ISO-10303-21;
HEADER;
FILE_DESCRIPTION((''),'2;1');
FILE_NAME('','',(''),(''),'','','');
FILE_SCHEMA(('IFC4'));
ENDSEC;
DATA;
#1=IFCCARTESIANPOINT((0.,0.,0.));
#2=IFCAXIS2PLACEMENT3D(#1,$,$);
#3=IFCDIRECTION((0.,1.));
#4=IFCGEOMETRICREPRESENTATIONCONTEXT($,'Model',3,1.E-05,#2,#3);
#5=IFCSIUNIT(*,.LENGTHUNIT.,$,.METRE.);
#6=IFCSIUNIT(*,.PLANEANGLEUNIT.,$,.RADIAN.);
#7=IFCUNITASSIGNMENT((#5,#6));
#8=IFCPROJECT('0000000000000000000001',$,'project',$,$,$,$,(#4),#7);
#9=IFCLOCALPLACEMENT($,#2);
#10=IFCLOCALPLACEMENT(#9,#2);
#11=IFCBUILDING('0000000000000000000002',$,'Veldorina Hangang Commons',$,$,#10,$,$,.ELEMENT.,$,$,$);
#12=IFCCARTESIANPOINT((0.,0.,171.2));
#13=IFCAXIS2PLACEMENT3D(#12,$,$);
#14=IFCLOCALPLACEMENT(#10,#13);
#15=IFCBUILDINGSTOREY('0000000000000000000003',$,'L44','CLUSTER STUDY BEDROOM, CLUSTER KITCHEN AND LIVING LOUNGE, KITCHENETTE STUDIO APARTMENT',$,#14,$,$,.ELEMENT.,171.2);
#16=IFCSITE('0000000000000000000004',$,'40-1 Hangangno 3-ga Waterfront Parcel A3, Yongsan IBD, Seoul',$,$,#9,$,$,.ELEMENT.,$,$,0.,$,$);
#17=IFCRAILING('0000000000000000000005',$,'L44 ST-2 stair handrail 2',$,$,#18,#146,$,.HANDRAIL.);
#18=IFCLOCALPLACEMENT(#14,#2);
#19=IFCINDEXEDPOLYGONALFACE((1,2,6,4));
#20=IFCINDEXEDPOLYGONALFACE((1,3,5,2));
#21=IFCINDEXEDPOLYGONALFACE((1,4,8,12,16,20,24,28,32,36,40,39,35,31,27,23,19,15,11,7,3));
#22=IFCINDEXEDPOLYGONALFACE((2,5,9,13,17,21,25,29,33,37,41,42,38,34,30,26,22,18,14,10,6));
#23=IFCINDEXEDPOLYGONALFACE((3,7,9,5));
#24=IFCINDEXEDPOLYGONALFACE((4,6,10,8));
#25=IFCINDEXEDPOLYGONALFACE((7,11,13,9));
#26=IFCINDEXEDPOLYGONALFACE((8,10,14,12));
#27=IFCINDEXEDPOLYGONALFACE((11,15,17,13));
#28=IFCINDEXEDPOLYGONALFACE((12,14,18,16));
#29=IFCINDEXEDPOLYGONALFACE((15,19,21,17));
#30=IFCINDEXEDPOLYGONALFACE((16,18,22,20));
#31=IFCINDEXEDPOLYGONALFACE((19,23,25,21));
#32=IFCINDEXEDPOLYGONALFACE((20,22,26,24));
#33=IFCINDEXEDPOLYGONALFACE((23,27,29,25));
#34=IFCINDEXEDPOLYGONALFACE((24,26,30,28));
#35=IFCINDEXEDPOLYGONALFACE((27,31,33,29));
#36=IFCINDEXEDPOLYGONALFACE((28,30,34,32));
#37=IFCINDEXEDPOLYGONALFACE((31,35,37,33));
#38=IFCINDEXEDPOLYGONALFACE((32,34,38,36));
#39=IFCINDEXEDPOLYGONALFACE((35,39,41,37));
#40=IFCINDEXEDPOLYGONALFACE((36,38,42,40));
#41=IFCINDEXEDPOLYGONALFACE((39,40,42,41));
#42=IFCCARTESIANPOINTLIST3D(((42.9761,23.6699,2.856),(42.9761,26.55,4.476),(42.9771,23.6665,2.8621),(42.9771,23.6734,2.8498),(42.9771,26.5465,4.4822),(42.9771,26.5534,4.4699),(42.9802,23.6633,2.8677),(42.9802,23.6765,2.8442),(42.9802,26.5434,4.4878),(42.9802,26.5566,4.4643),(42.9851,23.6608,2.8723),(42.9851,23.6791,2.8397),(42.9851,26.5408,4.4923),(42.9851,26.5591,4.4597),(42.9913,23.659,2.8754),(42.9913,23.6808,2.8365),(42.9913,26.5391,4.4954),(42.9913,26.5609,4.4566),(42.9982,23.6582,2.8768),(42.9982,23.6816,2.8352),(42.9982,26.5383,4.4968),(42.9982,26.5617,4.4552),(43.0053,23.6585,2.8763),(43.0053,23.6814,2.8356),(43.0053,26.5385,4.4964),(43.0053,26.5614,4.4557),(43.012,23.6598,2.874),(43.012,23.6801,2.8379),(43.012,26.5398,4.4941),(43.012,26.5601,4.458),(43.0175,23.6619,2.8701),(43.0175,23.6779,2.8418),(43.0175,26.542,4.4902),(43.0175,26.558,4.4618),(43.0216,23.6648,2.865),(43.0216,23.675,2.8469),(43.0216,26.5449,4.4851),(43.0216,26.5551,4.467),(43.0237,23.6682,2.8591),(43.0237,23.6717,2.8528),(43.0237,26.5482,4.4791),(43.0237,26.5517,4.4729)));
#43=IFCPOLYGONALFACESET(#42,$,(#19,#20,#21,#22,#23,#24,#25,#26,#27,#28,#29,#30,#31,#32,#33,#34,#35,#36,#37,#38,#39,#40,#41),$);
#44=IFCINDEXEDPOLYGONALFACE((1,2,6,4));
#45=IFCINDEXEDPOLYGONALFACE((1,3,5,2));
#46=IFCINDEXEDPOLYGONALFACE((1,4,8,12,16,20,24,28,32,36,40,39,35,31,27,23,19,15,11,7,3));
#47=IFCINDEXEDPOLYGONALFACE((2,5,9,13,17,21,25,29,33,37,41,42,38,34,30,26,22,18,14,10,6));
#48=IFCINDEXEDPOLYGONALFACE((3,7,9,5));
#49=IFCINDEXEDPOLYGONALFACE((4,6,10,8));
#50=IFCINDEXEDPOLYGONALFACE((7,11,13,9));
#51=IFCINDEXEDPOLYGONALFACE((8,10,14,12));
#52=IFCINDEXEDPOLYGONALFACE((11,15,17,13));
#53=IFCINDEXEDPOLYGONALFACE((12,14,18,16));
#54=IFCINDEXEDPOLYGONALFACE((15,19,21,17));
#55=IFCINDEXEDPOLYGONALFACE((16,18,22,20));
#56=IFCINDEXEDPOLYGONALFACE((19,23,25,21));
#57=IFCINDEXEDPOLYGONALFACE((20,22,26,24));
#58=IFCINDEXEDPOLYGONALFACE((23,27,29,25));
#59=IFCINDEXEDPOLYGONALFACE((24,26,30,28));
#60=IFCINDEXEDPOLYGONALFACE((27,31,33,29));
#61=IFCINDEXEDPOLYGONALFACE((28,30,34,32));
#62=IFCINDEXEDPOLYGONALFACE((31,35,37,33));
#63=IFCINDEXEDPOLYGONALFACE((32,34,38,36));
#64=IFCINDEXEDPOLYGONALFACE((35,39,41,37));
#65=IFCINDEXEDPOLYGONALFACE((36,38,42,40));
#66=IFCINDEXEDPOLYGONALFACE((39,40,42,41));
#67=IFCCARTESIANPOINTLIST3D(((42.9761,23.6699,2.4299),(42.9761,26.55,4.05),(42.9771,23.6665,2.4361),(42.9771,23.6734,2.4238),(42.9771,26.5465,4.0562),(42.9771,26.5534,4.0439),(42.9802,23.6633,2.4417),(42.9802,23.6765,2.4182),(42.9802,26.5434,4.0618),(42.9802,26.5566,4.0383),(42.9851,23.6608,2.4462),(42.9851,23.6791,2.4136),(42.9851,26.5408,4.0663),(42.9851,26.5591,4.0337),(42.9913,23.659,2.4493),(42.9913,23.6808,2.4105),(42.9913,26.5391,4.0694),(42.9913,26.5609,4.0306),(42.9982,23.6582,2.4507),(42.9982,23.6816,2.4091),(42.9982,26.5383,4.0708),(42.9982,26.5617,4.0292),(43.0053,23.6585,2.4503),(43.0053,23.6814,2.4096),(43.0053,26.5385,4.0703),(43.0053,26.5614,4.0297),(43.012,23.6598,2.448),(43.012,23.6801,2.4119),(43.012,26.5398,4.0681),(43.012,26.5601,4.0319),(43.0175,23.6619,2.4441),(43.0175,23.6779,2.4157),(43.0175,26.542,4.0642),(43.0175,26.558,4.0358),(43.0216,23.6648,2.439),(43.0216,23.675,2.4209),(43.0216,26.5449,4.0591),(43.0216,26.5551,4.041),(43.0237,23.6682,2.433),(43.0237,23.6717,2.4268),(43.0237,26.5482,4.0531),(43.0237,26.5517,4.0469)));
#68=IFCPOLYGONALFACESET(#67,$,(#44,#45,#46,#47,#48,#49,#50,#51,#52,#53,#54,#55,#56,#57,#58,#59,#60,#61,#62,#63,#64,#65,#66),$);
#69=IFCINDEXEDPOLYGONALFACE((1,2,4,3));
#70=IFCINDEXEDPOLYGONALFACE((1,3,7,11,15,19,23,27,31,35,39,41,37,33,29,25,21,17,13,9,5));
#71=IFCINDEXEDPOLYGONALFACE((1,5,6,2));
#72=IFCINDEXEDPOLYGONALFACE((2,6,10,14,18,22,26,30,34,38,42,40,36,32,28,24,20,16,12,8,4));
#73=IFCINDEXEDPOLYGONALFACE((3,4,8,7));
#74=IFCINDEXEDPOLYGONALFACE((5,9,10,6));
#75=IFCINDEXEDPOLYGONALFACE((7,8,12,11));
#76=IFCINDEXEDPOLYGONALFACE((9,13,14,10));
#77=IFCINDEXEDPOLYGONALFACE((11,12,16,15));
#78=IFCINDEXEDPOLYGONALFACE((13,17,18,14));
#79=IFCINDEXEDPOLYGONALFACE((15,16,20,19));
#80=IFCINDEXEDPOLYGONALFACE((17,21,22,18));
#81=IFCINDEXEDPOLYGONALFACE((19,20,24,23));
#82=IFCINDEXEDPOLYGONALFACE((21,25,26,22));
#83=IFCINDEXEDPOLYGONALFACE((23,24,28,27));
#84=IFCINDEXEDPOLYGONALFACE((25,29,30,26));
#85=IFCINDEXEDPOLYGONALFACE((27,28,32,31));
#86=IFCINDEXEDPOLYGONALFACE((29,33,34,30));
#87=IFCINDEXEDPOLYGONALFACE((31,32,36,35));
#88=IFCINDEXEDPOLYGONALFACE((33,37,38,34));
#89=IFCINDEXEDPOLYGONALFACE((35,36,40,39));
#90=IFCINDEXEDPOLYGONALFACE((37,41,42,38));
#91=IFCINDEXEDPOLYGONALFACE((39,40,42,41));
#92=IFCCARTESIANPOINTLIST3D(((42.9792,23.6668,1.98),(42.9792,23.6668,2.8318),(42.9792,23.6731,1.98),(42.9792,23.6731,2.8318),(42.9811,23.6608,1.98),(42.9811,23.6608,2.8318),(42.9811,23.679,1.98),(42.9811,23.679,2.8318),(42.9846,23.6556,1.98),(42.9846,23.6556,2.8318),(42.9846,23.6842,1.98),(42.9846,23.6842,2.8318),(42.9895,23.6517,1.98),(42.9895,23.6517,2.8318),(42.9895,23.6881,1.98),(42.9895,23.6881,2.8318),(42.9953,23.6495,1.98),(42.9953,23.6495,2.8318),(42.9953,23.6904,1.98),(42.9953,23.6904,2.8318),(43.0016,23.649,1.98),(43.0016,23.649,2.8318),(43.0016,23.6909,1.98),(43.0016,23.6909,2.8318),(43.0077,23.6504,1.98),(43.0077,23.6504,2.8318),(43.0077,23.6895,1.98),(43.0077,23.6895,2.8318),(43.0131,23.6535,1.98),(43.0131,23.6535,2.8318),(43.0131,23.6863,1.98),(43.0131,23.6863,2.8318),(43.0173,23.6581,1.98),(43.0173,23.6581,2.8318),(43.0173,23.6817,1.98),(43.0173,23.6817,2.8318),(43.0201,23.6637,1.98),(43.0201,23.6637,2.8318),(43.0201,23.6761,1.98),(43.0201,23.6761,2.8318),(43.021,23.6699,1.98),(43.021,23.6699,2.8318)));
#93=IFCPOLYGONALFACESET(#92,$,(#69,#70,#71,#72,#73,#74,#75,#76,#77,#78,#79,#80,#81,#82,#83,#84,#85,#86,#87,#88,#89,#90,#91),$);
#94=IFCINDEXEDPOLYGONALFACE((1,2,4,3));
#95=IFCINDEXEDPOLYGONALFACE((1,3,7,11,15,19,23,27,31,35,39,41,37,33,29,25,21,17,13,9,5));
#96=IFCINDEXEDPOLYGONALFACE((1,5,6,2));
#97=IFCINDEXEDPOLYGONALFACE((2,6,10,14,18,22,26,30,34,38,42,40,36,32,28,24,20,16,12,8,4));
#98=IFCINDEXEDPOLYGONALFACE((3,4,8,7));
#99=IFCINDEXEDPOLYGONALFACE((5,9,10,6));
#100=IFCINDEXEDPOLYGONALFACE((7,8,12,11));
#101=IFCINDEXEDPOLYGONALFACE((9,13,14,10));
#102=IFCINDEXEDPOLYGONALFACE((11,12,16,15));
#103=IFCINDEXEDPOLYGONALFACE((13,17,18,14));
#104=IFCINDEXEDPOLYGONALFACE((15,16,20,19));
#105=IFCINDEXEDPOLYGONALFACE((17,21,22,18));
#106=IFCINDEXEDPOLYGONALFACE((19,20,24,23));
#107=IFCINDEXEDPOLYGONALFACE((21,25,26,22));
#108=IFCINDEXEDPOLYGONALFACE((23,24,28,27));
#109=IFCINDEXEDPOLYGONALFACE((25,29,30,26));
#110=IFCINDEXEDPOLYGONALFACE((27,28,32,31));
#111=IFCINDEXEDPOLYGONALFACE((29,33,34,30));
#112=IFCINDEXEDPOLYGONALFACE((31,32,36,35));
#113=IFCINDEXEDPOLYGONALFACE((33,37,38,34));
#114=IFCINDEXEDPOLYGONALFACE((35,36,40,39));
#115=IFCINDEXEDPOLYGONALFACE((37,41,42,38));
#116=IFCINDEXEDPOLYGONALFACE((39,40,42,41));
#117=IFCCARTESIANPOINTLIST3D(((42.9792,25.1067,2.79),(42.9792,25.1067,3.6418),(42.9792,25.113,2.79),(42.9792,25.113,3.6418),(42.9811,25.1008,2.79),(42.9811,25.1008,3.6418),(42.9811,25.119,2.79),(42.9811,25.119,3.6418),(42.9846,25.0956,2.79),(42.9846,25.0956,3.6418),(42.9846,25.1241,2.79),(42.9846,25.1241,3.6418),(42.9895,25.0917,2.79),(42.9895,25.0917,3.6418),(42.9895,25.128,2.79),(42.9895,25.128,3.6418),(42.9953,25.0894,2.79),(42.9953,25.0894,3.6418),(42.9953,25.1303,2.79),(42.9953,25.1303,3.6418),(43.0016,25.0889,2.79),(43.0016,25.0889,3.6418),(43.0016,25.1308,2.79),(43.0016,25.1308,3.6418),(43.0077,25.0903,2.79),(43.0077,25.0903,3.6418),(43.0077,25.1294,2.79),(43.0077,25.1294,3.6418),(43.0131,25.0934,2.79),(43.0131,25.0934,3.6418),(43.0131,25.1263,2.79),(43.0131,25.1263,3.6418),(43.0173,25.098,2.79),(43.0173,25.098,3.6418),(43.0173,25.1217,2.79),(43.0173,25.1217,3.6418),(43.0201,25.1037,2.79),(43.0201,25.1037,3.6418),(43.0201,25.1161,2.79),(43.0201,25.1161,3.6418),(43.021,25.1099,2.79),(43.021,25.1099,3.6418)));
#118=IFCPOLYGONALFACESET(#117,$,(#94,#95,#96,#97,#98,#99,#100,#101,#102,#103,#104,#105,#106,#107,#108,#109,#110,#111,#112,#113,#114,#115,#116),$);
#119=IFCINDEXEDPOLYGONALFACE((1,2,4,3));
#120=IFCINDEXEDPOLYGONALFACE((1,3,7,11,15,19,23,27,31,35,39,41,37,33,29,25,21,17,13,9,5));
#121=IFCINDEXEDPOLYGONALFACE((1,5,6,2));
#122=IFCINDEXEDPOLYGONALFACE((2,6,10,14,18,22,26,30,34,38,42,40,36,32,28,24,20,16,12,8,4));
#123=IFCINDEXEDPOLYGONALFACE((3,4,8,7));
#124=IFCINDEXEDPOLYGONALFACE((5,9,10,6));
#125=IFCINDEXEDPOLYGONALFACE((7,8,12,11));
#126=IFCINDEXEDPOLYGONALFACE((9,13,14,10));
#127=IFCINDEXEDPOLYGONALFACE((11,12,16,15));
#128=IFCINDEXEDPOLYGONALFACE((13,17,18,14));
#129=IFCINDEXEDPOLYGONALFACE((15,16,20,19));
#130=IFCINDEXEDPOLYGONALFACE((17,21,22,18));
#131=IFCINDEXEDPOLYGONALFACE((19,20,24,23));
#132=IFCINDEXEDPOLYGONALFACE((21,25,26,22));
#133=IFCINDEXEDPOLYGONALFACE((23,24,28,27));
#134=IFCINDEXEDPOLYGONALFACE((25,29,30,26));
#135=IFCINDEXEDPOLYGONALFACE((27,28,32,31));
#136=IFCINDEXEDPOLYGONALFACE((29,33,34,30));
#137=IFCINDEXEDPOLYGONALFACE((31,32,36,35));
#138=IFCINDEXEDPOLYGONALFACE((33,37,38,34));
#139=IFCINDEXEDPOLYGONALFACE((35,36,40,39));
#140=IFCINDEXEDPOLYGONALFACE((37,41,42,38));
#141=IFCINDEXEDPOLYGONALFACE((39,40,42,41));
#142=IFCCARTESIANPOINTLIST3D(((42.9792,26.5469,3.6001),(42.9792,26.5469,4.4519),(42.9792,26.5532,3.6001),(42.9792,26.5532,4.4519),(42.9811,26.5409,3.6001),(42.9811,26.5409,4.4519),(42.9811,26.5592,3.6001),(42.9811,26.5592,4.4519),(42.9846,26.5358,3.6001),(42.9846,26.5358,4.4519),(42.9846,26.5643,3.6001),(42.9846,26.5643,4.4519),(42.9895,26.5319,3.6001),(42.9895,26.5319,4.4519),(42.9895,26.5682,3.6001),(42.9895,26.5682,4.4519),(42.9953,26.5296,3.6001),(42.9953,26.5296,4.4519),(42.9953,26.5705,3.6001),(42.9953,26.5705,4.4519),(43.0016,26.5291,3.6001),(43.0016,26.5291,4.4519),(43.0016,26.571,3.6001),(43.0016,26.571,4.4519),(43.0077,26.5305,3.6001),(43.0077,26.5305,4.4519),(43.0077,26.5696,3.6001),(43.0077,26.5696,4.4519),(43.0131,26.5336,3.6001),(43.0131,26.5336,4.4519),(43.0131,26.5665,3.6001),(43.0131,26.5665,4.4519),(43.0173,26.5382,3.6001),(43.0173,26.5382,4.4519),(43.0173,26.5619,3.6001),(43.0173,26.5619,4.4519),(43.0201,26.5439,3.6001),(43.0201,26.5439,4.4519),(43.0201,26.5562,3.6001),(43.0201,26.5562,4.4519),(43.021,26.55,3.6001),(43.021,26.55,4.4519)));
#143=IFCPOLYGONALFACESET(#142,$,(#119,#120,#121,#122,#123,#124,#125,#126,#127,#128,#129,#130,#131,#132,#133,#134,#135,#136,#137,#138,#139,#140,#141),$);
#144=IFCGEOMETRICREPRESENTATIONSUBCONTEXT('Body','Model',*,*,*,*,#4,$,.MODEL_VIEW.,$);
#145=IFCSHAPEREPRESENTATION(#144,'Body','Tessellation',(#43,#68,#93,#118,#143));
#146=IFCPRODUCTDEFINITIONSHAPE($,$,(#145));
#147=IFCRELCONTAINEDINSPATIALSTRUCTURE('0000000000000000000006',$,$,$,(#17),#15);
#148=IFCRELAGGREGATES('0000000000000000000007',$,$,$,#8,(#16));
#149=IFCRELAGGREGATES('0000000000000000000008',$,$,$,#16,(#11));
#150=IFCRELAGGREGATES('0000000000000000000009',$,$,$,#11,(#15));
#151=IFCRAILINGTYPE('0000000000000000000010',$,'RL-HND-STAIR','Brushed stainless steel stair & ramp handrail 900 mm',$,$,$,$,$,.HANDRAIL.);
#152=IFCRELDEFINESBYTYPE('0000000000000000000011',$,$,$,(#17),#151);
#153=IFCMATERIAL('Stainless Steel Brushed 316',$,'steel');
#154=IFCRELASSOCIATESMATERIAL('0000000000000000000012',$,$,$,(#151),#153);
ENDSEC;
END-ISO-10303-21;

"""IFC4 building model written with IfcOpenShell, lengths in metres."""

from ifc_helpers import new_model, si_unit, direction, frame, origin, origin_2d, place, context, subcontext, project, spatial, circle, extrude, material, type_object, element, save


model = new_model("IFC4")

# Units and contexts
model_context = context("Model", 3, precision=1e-05, world=origin(), true_north=direction((0.0, 1.0)))
body_context = subcontext(model_context, "Body", "Model", "MODEL_VIEW")
ifc_project = project(units=[si_unit("LENGTHUNIT", "METRE"), si_unit("PLANEANGLEUNIT", "RADIAN")], contexts=[model_context])

# Site, building, storey
site_placement = place(None, origin())
site = spatial("IfcSite", under=ifc_project, at=site_placement, Name="40-1 Hangangno 3-ga Waterfront Parcel A3, Yongsan IBD, Seoul", CompositionType="ELEMENT", RefElevation=0.0)
building_placement = place(site_placement, origin())
building = spatial("IfcBuilding", under=site, at=building_placement, Name="Veldorina Hangang Commons", CompositionType="ELEMENT")
storey_placement = place(building_placement, frame((0.0, 0.0, 171.2)))
storey = spatial("IfcBuildingStorey", under=building, at=storey_placement, Name="L44", Description="CLUSTER STUDY BEDROOM, CLUSTER KITCHEN AND LIVING LOUNGE, KITCHENETTE STUDIO APARTMENT", CompositionType="ELEMENT", Elevation=171.2)

# Railing
ifc_material_1 = material(Name="Stainless Steel Brushed 316", Category="steel")
railing_type_1 = type_object("IfcRailingType", Name="RL-HND-STAIR", Description="Brushed stainless steel stair & ramp handrail 900 mm", PredefinedType="HANDRAIL", material=ifc_material_1)
railing_1_placement = place(storey_placement, frame((43.0, 23.6699, 1.98)))
element("IfcRailing", 1, at=railing_1_placement, inside=storey, type_object=railing_type_1, Name="L44 ST-2 stair handrail 2", PredefinedType="HANDRAIL", context=body_context, shape_type="SweptSolid", body=[
    extrude(circle(Radius=0.0239, at=origin_2d()), frame((0.0, 0.0, 0.876), z_axis=(0.0, 0.87157, 0.490272), x_axis=(-1.0, 0.0, 0.0)), (0.0, 0.0, 1.0), 3.3044),
    extrude(circle(Radius=0.0239, at=origin_2d()), frame((0.0, 0.0, 0.45), z_axis=(0.0, 0.87157, 0.490272), x_axis=(-1.0, 0.0, 0.0)), (0.0, 0.0, 1.0), 3.3044),
    extrude(circle(Radius=0.021, at=origin_2d()), origin(), (0.0, 0.0, 1.0), 0.8518),
    extrude(circle(Radius=0.021, at=origin_2d()), frame((0.0, 1.4399, 0.8101)), (0.0, 0.0, 1.0), 0.8518),
    extrude(circle(Radius=0.021, at=origin_2d()), frame((0.0, 2.8801, 1.6201)), (0.0, 0.0, 1.0), 0.8518),
])

save(model, "model.ifc")
